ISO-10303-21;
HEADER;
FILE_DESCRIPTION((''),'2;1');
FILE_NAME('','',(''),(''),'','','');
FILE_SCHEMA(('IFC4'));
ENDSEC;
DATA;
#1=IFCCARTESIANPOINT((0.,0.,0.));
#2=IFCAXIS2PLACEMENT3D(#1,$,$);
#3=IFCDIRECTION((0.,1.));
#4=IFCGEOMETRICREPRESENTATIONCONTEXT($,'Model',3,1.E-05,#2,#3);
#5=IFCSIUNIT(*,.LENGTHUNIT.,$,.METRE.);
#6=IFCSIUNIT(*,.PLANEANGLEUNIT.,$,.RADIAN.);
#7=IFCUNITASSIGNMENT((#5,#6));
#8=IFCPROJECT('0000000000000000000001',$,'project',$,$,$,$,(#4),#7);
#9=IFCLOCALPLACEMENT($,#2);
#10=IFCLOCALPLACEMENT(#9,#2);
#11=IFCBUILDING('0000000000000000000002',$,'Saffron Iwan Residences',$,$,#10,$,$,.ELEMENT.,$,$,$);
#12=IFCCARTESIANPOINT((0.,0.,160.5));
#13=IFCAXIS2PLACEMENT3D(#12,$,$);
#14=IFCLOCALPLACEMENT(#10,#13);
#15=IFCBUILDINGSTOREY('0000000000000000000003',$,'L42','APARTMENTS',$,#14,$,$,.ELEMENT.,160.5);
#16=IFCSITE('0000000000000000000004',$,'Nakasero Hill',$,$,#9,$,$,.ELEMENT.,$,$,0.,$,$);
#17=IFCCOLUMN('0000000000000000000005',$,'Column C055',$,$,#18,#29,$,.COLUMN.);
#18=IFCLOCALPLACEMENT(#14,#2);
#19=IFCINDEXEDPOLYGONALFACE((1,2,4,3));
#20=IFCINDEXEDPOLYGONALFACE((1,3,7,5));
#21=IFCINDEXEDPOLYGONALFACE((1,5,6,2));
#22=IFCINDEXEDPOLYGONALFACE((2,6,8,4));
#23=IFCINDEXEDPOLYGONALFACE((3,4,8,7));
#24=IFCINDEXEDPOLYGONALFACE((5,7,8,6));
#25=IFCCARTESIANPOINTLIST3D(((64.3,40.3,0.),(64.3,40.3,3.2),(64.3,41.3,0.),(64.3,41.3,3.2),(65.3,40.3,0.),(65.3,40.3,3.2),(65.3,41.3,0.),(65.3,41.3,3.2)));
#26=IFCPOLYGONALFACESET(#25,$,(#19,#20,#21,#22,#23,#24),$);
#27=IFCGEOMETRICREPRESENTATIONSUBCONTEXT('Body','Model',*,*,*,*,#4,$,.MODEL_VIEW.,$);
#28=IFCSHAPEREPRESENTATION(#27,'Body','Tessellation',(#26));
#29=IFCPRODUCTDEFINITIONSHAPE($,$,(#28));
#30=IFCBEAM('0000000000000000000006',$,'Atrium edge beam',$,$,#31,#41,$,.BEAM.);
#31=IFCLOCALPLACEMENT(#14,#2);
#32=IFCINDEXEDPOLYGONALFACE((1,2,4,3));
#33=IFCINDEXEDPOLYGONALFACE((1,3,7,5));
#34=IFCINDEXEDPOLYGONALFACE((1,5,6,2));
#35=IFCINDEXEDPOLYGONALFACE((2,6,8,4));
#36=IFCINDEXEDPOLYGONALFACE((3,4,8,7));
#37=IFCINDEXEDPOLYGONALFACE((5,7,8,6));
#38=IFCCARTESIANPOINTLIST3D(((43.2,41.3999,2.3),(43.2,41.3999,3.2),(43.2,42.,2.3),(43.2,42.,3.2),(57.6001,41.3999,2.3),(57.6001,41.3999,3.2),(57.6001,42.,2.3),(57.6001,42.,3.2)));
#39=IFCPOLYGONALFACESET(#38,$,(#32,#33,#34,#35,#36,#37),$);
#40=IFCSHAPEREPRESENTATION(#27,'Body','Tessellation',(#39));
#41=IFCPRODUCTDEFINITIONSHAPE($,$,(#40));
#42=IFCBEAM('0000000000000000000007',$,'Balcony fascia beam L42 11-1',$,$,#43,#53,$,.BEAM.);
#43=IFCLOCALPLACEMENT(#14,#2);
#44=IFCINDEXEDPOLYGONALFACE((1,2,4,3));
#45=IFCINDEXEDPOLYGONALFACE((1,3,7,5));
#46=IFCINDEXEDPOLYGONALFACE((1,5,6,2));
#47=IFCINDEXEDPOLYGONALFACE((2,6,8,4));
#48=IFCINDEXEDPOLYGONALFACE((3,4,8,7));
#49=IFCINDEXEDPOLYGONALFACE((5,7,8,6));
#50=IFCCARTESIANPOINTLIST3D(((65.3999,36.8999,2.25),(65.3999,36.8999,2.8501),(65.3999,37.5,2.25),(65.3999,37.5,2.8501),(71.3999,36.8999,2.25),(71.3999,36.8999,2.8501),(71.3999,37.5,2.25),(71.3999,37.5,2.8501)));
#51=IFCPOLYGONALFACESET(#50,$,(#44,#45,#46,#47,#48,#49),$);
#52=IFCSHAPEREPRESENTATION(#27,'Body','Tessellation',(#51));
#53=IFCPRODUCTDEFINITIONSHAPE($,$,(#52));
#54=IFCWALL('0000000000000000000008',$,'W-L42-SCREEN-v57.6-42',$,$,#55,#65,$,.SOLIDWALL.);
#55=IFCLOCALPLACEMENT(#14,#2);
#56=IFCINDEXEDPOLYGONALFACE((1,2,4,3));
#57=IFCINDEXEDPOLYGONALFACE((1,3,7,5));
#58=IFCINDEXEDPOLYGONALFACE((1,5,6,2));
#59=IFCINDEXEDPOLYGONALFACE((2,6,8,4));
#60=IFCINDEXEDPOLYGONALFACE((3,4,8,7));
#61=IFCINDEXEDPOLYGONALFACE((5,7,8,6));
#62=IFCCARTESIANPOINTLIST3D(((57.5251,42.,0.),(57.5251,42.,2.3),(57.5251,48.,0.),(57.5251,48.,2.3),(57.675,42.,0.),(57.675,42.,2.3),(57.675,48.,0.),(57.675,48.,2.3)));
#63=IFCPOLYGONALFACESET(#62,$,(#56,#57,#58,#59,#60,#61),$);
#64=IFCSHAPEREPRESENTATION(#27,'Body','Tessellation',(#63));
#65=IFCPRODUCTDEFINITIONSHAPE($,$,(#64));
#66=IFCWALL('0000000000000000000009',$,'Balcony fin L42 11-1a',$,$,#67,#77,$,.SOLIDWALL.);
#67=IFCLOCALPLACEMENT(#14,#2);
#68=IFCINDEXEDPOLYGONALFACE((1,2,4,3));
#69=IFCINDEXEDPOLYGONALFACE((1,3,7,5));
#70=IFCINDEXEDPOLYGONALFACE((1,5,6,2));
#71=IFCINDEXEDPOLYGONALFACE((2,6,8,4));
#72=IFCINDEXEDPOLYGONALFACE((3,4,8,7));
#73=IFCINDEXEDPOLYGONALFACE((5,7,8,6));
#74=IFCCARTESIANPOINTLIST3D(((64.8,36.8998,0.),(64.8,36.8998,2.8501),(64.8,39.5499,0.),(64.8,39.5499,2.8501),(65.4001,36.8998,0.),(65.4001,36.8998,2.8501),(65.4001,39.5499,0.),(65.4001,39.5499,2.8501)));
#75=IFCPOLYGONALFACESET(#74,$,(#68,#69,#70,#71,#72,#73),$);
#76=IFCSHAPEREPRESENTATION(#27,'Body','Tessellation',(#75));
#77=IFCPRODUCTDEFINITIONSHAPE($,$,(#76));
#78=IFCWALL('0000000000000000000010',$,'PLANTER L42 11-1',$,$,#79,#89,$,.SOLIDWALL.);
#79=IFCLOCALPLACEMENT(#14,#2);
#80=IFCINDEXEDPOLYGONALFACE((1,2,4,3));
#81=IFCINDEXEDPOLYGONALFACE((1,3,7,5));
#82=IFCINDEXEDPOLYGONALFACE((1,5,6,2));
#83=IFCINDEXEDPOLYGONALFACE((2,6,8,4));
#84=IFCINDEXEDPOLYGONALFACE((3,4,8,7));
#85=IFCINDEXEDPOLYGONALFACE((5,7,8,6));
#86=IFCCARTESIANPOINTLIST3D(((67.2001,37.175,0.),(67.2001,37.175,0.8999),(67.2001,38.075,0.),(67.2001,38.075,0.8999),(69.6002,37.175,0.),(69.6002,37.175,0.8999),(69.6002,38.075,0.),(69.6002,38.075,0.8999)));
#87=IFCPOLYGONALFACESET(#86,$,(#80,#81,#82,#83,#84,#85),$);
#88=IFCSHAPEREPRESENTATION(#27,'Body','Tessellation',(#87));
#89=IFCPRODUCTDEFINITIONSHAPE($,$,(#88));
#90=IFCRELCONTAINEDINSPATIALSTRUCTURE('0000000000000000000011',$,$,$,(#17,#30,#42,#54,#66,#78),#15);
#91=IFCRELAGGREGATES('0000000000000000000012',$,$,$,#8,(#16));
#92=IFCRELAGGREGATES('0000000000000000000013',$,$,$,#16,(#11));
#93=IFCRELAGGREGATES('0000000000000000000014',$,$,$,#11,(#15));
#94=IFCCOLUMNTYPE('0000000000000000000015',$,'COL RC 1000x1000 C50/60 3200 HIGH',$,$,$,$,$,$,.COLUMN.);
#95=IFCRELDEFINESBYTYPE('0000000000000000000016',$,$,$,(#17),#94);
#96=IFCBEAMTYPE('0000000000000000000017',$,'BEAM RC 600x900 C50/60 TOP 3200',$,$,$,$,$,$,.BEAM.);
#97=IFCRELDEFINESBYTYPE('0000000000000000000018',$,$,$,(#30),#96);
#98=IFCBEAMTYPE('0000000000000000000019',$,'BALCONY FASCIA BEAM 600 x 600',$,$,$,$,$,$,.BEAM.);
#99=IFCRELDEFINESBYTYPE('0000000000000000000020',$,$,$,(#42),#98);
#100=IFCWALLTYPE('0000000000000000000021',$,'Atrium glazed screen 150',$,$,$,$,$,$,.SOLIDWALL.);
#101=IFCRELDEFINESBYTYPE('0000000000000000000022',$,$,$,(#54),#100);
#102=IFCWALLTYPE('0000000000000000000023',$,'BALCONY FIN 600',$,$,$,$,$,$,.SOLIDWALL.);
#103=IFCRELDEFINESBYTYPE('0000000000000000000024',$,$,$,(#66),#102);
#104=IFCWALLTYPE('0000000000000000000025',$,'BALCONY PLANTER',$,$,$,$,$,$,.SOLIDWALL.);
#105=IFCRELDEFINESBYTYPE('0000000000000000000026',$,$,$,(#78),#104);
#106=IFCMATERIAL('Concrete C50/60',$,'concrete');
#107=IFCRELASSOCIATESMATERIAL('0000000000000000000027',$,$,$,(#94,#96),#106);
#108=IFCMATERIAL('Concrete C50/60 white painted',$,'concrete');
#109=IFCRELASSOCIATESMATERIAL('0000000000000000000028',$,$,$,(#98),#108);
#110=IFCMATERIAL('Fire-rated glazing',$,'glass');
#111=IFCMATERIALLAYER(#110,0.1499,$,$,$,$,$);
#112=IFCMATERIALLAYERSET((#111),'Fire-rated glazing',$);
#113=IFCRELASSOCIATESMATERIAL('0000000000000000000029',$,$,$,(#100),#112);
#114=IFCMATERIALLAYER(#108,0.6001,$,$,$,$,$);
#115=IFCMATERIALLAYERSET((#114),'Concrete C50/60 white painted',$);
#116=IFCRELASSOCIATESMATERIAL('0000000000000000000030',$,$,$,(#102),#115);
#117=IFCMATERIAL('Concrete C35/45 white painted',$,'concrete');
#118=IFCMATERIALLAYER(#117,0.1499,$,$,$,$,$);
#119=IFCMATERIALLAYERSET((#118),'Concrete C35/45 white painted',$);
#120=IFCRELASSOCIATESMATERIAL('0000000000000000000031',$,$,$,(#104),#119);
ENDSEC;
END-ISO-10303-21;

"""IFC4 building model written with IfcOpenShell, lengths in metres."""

from ifc_helpers import new_model, si_unit, direction, frame, frame_2d, origin, origin_2d, place, context, subcontext, project, spatial, rectangle, extrude, source, transform, mapped, material, layer, layer_set, material_profile, profile_set, type_object, element, save


model = new_model("IFC4")

# Units and contexts
model_context = context("Model", 3, precision=1e-05, world=origin(), true_north=direction((0.0, 1.0)))
body_context = subcontext(model_context, "Body", "Model", "MODEL_VIEW")
ifc_project = project(units=[si_unit("LENGTHUNIT", "METRE"), si_unit("PLANEANGLEUNIT", "RADIAN")], contexts=[model_context])

# Site, building, storey
site_placement = place(None, origin())
site = spatial("IfcSite", under=ifc_project, at=site_placement, Name="Nakasero Hill", CompositionType="ELEMENT", RefElevation=0.0)
building_placement = place(site_placement, origin())
building = spatial("IfcBuilding", under=site, at=building_placement, Name="Saffron Iwan Residences", CompositionType="ELEMENT")
storey_placement = place(building_placement, frame((0.0, 0.0, 160.5)))
storey = spatial("IfcBuildingStorey", under=building, at=storey_placement, Name="L42", Description="APARTMENTS", CompositionType="ELEMENT", Elevation=160.5)

# Column
ifc_material_1 = material(Name="Concrete C50/60", Category="concrete")
ifc_material_profile_1 = material_profile(ifc_material_1, rectangle(XDim=1.0, YDim=1.0, at=origin_2d()), Name="RC 1000x1000")
ifc_profile_set_1 = profile_set([ifc_material_profile_1], Name="Concrete C50/60")
column_type = type_object("IfcColumnType", Name="COL RC 1000x1000 C50/60 3200 HIGH", PredefinedType="COLUMN", material=ifc_profile_set_1)
shared_shape_1 = source(origin(), body_context, "Body", "SweptSolid", [
    extrude(rectangle(XDim=1.0, YDim=1.0, at=origin_2d()), origin(), (0.0, 0.0, 1.0), 3.2),
])
column_placement = place(storey_placement, frame((64.8, 40.8, 0.0), z_axis=(0.0, 0.0, 1.0), x_axis=(1.0, 0.0, 0.0)))
element("IfcColumn", 1, at=column_placement, inside=storey, type_object=column_type, Name="Column C055", PredefinedType="COLUMN", context=body_context, shape_type="MappedRepresentation", body=[
    mapped(shared_shape_1, transform((0.0, 0.0, 0.0))),
])

# Beams
ifc_material_profile_2 = material_profile(ifc_material_1, rectangle(XDim=0.6001, YDim=0.8999, at=origin_2d()), Name="RC 600x900")
ifc_profile_set_2 = profile_set([ifc_material_profile_2], Name="Concrete C50/60")
beam_type_1 = type_object("IfcBeamType", Name="BEAM RC 600x900 C50/60 TOP 3200", PredefinedType="BEAM", material=ifc_profile_set_2)
shared_shape_2 = source(origin(), body_context, "Body", "SweptSolid", [
    extrude(rectangle(XDim=0.6001, YDim=0.8999, at=origin_2d()), origin(), (0.0, 0.0, 1.0), 14.4001),
])
beam_1_placement = place(storey_placement, frame((57.6001, 41.7, 2.75), z_axis=(-1.0, 0.0, 0.0), x_axis=(0.0, -1.0, 0.0)))
element("IfcBeam", 2, at=beam_1_placement, inside=storey, type_object=beam_type_1, Name="Atrium edge beam", PredefinedType="BEAM", context=body_context, shape_type="MappedRepresentation", body=[
    mapped(shared_shape_2, transform((0.0, 0.0, 0.0))),
])
ifc_material_2 = material(Name="Concrete C50/60 white painted", Category="concrete")
ifc_material_profile_3 = material_profile(ifc_material_2, rectangle(XDim=0.6001, YDim=0.6001, at=origin_2d()), Name="BALCONY FASCIA BEAM 600 x 600")
ifc_profile_set_3 = profile_set([ifc_material_profile_3], Name="Concrete C50/60 white painted")
beam_type_2 = type_object("IfcBeamType", Name="BALCONY FASCIA BEAM 600 x 600", PredefinedType="BEAM", material=ifc_profile_set_3)
shared_shape_3 = source(origin(), body_context, "Body", "SweptSolid", [
    extrude(rectangle(XDim=0.6001, YDim=0.6001, at=origin_2d()), origin(), (0.0, 0.0, 1.0), 6.0),
])
beam_2_placement = place(storey_placement, frame((65.3999, 37.2, 2.55), z_axis=(1.0, 0.0, 0.0), x_axis=(0.0, 1.0, 0.0)))
element("IfcBeam", 3, at=beam_2_placement, inside=storey, type_object=beam_type_2, Name="Balcony fascia beam L42 11-1", PredefinedType="BEAM", context=body_context, shape_type="MappedRepresentation", body=[
    mapped(shared_shape_3, transform((0.0, 0.0, 0.0))),
])

# Walls
ifc_material_3 = material(Name="Fire-rated glazing", Category="glass")
ifc_layer_1 = layer(ifc_material_3, 0.1499)
ifc_layer_set_1 = layer_set([ifc_layer_1], Name="Fire-rated glazing")
wall_type_1 = type_object("IfcWallType", Name="Atrium glazed screen 150", PredefinedType="SOLIDWALL", material=ifc_layer_set_1)
wall_1_placement = place(storey_placement, frame((57.6001, 42.0, 0.0), z_axis=(0.0, 0.0, 1.0), x_axis=(0.0, 1.0, 0.0)))
element("IfcWall", 4, at=wall_1_placement, inside=storey, type_object=wall_type_1, Name="W-L42-SCREEN-v57.6-42", PredefinedType="SOLIDWALL", context=body_context, shape_type="SweptSolid", body=[
    extrude(rectangle(XDim=6.0, YDim=0.1499, at=frame_2d((3.0, 0.0))), origin(), (0.0, 0.0, 1.0), 2.3),
])
ifc_layer_2 = layer(ifc_material_2, 0.6001)
ifc_layer_set_2 = layer_set([ifc_layer_2], Name="Concrete C50/60 white painted")
wall_type_2 = type_object("IfcWallType", Name="BALCONY FIN 600", PredefinedType="SOLIDWALL", material=ifc_layer_set_2)
wall_2_placement = place(storey_placement, frame((65.1001, 39.55, 0.0), z_axis=(0.0, 0.0, 1.0), x_axis=(0.0, -1.0, 0.0)))
element("IfcWall", 5, at=wall_2_placement, inside=storey, type_object=wall_type_2, Name="Balcony fin L42 11-1a", PredefinedType="SOLIDWALL", context=body_context, shape_type="SweptSolid", body=[
    extrude(rectangle(XDim=2.6501, YDim=0.6001, at=frame_2d((1.3252, 0.0))), origin(), (0.0, 0.0, 1.0), 2.8501),
])
ifc_material_4 = material(Name="Concrete C35/45 white painted", Category="concrete")
ifc_layer_3 = layer(ifc_material_4, 0.1499)
ifc_layer_set_3 = layer_set([ifc_layer_3], Name="Concrete C35/45 white painted")
wall_type_3 = type_object("IfcWallType", Name="BALCONY PLANTER", PredefinedType="SOLIDWALL", material=ifc_layer_set_3)
wall_3_placement = place(storey_placement, frame((67.2, 37.625, 0.0), z_axis=(0.0, 0.0, 1.0), x_axis=(1.0, 0.0, 0.0)))
element("IfcWall", 6, at=wall_3_placement, inside=storey, type_object=wall_type_3, Name="PLANTER L42 11-1", PredefinedType="SOLIDWALL", context=body_context, shape_type="SweptSolid", body=[
    extrude(rectangle(XDim=2.4001, YDim=0.8999, at=frame_2d((1.2002, 0.0))), origin(), (0.0, 0.0, 1.0), 0.8999),
])

save(model, "model.ifc")
